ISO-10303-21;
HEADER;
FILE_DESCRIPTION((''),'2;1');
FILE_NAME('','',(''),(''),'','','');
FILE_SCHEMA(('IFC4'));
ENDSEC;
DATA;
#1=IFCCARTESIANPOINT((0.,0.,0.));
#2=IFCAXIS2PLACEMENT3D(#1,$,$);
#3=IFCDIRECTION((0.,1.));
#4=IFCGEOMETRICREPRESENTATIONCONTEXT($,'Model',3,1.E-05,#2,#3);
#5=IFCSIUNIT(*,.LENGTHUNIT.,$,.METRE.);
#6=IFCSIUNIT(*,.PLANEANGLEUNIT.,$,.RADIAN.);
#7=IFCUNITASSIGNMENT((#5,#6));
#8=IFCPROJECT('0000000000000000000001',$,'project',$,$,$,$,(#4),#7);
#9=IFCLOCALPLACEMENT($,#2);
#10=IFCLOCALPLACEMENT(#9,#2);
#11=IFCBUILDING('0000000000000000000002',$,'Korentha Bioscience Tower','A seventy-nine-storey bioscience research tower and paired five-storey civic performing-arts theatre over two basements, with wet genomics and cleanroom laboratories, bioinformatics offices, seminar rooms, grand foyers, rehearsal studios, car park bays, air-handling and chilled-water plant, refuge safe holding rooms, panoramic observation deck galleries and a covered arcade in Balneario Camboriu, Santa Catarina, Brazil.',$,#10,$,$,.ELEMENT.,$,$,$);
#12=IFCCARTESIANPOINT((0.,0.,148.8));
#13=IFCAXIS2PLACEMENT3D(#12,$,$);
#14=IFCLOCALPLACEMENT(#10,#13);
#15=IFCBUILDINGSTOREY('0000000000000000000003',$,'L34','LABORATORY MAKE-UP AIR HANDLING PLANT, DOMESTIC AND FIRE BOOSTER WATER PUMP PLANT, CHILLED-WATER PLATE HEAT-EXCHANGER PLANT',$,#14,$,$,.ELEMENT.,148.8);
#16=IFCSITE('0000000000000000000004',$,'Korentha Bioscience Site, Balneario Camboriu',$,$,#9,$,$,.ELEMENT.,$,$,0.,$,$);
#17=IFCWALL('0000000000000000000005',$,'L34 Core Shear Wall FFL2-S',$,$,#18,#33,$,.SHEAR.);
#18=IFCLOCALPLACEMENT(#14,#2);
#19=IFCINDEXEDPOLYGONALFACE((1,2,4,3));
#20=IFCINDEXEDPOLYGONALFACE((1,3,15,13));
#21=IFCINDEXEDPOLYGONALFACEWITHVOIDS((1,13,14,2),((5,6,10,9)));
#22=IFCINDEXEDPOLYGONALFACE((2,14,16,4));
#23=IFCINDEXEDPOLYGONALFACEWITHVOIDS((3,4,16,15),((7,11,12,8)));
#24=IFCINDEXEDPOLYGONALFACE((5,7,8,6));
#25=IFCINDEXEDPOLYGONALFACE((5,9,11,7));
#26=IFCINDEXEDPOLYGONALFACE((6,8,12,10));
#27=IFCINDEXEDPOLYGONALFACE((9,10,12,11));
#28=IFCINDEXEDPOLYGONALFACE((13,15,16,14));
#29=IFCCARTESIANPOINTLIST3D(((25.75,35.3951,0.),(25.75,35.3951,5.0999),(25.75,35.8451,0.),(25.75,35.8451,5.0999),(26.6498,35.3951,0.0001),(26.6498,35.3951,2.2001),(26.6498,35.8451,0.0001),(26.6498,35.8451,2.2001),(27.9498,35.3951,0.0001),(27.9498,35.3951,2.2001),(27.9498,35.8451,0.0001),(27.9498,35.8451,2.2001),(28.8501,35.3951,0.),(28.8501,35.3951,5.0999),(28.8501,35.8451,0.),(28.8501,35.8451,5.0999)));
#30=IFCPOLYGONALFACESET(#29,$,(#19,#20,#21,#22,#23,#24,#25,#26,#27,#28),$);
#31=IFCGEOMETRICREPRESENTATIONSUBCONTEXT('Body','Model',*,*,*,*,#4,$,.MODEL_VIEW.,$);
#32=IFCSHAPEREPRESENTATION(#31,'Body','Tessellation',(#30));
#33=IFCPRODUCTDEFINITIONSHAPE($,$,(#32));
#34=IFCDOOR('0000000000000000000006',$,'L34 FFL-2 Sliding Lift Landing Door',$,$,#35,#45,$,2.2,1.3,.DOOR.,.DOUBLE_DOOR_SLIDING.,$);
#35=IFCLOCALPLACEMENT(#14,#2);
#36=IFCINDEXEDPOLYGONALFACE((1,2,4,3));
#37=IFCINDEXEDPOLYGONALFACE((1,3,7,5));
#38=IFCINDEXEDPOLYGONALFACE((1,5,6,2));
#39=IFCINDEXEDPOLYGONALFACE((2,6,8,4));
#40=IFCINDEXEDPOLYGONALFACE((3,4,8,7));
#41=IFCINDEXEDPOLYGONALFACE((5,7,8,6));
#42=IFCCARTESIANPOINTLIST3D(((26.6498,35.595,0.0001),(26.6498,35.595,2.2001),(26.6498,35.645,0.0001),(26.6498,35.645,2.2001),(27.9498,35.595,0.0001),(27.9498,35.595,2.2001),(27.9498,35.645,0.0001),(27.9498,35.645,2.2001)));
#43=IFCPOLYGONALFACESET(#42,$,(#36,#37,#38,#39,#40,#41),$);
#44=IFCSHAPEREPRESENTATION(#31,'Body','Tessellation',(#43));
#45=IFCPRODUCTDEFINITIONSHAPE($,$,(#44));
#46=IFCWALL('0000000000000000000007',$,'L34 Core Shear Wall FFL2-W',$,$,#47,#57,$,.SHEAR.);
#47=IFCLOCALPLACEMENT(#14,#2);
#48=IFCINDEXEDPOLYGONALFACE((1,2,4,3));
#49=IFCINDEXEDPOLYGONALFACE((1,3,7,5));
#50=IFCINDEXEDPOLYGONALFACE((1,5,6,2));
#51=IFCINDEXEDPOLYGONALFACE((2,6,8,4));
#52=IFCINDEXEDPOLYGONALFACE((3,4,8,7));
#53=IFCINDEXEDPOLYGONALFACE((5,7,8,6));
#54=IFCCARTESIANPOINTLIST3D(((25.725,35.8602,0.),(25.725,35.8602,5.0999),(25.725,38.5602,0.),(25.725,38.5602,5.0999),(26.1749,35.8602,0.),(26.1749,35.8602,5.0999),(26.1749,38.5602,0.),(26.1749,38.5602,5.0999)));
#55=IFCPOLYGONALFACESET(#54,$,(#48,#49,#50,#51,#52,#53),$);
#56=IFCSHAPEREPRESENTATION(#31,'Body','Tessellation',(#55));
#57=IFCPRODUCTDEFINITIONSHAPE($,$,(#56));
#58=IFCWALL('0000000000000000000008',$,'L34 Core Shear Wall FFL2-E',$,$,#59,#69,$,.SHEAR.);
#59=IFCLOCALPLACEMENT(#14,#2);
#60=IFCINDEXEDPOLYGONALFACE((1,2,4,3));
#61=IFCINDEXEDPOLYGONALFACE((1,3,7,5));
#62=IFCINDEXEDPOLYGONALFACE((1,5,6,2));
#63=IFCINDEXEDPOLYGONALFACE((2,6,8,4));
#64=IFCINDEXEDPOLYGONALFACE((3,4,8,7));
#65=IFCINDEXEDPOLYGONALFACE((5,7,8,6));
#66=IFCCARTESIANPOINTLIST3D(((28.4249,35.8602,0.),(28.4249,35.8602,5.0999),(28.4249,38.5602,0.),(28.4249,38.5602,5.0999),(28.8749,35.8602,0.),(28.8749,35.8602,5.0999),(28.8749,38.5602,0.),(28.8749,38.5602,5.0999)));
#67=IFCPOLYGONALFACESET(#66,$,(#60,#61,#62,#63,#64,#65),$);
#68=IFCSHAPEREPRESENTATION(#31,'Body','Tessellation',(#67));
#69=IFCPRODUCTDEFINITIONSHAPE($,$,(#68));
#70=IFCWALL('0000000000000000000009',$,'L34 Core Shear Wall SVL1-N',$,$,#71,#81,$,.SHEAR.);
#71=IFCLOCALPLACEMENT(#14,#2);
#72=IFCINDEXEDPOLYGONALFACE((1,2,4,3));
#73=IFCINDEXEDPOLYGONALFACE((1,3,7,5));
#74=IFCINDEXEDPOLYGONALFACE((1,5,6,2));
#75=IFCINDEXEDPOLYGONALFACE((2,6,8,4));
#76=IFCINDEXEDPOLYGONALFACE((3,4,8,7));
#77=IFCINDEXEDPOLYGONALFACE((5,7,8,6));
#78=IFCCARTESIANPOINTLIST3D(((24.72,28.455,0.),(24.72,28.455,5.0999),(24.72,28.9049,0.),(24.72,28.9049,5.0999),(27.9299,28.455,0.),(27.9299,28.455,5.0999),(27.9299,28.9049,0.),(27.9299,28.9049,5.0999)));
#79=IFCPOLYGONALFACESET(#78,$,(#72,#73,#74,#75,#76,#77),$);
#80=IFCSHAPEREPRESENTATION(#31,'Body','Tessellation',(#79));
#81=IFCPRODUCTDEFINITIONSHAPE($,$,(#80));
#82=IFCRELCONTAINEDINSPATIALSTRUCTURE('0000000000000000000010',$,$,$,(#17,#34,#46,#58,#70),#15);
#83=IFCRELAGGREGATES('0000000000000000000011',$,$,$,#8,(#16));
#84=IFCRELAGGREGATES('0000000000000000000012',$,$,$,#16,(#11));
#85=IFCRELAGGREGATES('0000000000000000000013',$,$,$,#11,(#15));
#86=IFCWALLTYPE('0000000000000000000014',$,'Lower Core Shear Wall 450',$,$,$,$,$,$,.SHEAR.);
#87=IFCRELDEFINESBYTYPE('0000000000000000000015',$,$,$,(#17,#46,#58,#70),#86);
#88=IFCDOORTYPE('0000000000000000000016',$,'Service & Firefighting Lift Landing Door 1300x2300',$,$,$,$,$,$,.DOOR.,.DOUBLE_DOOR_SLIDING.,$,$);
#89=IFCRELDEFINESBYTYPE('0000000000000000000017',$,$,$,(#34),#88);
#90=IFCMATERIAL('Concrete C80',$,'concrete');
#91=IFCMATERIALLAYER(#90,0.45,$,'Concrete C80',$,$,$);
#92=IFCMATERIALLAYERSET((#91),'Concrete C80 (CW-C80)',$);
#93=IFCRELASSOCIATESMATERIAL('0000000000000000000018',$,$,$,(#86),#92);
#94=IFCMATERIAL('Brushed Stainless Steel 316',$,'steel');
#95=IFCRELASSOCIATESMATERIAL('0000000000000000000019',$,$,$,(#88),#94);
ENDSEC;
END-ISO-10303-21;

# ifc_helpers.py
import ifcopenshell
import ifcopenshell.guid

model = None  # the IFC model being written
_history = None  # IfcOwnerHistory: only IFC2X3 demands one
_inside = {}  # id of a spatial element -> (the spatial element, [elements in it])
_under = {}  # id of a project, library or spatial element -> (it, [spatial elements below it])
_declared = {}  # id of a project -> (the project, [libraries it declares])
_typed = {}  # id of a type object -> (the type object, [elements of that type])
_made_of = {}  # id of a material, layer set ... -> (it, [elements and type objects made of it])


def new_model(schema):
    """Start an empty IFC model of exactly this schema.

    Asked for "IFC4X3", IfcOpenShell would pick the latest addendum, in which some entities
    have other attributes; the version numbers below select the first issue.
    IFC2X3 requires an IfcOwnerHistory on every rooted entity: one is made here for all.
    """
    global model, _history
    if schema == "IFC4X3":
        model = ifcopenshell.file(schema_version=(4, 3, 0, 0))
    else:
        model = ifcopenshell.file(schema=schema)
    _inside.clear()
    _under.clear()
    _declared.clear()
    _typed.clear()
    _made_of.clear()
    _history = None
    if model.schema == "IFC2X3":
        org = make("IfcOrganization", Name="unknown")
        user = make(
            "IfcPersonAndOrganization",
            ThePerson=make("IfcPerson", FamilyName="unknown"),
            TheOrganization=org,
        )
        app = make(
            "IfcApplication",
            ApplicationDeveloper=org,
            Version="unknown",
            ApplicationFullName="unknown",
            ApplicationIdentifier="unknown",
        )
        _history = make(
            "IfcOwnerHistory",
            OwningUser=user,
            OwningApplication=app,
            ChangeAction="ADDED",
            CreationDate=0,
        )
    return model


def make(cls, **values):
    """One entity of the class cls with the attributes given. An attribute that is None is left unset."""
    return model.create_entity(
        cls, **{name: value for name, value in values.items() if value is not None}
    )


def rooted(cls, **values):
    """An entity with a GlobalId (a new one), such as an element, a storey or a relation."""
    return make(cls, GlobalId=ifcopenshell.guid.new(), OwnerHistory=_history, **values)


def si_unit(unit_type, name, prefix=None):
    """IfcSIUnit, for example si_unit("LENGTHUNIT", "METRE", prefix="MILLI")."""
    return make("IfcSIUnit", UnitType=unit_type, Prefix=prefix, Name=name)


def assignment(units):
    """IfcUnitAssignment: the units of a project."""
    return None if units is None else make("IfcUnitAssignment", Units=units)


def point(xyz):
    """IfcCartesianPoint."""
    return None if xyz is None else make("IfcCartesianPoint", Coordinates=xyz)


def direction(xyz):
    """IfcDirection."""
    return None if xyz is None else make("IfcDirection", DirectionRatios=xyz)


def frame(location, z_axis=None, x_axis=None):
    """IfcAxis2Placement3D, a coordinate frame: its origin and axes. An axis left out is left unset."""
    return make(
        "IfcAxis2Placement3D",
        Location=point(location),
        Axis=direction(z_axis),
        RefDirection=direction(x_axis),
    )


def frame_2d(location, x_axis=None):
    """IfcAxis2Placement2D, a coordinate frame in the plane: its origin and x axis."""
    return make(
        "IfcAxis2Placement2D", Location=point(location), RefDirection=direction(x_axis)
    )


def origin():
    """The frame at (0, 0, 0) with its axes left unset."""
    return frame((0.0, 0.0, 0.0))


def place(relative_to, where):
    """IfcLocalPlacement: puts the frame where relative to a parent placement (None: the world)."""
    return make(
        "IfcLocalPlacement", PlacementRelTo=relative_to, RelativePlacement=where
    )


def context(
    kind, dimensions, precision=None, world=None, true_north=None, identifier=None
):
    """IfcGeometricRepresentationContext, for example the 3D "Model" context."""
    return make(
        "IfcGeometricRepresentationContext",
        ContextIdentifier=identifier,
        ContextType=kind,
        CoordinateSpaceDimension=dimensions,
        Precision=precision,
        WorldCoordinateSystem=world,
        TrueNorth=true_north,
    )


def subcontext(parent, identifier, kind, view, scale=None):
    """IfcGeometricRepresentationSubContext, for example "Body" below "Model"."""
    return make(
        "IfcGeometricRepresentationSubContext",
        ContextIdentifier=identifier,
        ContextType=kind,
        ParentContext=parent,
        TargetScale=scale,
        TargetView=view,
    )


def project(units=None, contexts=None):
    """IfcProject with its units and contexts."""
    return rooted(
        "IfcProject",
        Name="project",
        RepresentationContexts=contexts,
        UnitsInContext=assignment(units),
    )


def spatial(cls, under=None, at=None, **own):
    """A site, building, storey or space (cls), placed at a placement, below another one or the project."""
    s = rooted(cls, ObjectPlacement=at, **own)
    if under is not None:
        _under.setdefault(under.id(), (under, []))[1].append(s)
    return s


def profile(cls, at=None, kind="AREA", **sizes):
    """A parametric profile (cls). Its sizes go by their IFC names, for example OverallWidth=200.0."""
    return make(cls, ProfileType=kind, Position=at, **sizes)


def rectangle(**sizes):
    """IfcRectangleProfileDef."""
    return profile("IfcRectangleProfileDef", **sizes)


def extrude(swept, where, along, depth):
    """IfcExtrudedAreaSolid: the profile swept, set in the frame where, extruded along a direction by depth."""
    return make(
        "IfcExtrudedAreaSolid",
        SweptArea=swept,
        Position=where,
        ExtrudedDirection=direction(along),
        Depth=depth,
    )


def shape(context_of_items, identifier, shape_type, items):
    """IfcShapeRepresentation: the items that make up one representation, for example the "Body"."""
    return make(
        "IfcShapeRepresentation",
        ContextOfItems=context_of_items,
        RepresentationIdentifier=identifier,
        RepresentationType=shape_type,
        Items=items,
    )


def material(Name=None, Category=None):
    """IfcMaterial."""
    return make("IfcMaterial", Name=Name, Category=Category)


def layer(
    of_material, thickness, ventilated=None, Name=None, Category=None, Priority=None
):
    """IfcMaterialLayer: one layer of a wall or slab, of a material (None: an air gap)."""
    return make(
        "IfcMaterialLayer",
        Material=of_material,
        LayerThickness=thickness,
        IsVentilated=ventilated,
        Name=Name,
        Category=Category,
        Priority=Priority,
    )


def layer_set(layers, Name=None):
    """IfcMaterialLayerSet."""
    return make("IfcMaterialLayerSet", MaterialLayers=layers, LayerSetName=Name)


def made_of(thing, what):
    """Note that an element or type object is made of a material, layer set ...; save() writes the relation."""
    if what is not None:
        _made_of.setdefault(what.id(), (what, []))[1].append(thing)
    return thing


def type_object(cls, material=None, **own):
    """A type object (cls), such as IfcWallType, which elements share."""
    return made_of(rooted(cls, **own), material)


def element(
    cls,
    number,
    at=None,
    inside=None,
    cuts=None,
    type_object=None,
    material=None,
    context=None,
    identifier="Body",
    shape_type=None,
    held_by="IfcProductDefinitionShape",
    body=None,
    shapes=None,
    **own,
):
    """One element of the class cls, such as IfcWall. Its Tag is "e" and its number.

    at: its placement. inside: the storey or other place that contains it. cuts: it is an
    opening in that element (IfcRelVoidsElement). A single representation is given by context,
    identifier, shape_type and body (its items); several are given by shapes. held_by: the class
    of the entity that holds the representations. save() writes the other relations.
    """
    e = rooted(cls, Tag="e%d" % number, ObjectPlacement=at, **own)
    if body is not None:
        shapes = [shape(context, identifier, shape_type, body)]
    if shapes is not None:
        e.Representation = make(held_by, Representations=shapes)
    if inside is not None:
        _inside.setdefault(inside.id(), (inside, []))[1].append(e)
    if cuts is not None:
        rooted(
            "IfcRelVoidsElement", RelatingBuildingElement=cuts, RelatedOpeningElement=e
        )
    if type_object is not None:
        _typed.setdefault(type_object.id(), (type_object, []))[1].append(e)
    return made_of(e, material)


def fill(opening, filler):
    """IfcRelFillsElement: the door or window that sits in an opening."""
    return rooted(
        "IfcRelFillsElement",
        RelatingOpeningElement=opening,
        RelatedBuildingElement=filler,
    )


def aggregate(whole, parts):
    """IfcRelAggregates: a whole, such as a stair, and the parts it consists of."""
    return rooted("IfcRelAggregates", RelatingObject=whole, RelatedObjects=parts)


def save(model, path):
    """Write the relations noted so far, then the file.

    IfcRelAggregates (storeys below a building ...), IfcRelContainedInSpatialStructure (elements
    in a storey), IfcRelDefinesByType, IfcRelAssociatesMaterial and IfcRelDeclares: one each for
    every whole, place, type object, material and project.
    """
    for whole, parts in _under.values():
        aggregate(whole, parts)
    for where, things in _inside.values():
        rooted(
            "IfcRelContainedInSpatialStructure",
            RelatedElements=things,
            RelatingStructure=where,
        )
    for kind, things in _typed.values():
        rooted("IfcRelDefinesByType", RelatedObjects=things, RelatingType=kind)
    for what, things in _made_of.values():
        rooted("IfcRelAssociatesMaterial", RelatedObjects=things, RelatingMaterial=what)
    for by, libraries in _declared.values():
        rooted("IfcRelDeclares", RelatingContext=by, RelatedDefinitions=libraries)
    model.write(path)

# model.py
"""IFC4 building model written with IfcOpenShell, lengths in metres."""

from ifc_helpers import new_model, si_unit, direction, frame, frame_2d, origin, place, context, subcontext, project, spatial, rectangle, extrude, material, layer, layer_set, type_object, element, fill, save


model = new_model("IFC4")

# Units and contexts
model_context = context("Model", 3, precision=1e-05, world=origin(), true_north=direction((0.0, 1.0)))
body_context = subcontext(model_context, "Body", "Model", "MODEL_VIEW")
ifc_project = project(units=[si_unit("LENGTHUNIT", "METRE"), si_unit("PLANEANGLEUNIT", "RADIAN")], contexts=[model_context])

# Site, building, storey
site_placement = place(None, origin())
site = spatial("IfcSite", under=ifc_project, at=site_placement, Name="Korentha Bioscience Site, Balneario Camboriu", CompositionType="ELEMENT", RefElevation=0.0)
building_placement = place(site_placement, origin())
building = spatial("IfcBuilding", under=site, at=building_placement, Name="Korentha Bioscience Tower", Description="A seventy-nine-storey bioscience research tower and paired five-storey civic performing-arts theatre over two basements, with wet genomics and cleanroom laboratories, bioinformatics offices, seminar rooms, grand foyers, rehearsal studios, car park bays, air-handling and chilled-water plant, refuge safe holding rooms, panoramic observation deck galleries and a covered arcade in Balneario Camboriu, Santa Catarina, Brazil.", CompositionType="ELEMENT")
storey_placement = place(building_placement, frame((0.0, 0.0, 148.8)))
storey = spatial("IfcBuildingStorey", under=building, at=storey_placement, Name="L34", Description="LABORATORY MAKE-UP AIR HANDLING PLANT, DOMESTIC AND FIRE BOOSTER WATER PUMP PLANT, CHILLED-WATER PLATE HEAT-EXCHANGER PLANT", CompositionType="ELEMENT", Elevation=148.8)

# Shared definitions
ifc_material_1 = material(Name="Concrete C80", Category="concrete")

# Shared definitions
ifc_layer_1 = layer(ifc_material_1, 0.45, Name="Concrete C80")
ifc_layer_set_1 = layer_set([ifc_layer_1], Name="Concrete C80 (CW-C80)")
wall_type_1 = type_object("IfcWallType", Name="Lower Core Shear Wall 450", PredefinedType="SHEAR", material=ifc_layer_set_1)

# Wall, opening, door
wall_1_placement = place(storey_placement, frame((25.75, 35.6201, 0.0), z_axis=(0.0, 0.0, 1.0), x_axis=(1.0, 0.0, 0.0)))
wall_1 = element("IfcWall", 1, at=wall_1_placement, inside=storey, type_object=wall_type_1, Name="L34 Core Shear Wall FFL2-S", PredefinedType="SHEAR", context=body_context, shape_type="SweptSolid", body=[
    extrude(rectangle(XDim=3.1001, YDim=0.45, at=frame_2d((1.55, 0.0))), origin(), (0.0, 0.0, 1.0), 5.0999),
])
opening_1_placement = place(wall_1_placement, frame((0.8999, 0.0, 0.0)))
opening_1 = element("IfcOpeningElement", 2, at=opening_1_placement, cuts=wall_1, PredefinedType="OPENING", context=body_context, shape_type="SweptSolid", body=[
    extrude(rectangle(XDim=1.3, YDim=2.2, at=frame_2d((0.6499, 1.1001))), frame((0.0, 0.2397, 0.0), z_axis=(0.0, -1.0, 0.0), x_axis=(1.0, 0.0, 0.0)), (0.0, 0.0, 1.0), 0.4797),
])
ifc_material_2 = material(Name="Brushed Stainless Steel 316", Category="steel")
door_type_1 = type_object("IfcDoorType", Name="Service & Firefighting Lift Landing Door 1300x2300", OperationType="DOUBLE_DOOR_SLIDING", PredefinedType="DOOR", material=ifc_material_2)
door_1_placement = place(opening_1_placement, origin())
door_1 = element("IfcDoor", 3, at=door_1_placement, inside=storey, type_object=door_type_1, Name="L34 FFL-2 Sliding Lift Landing Door", OperationType="DOUBLE_DOOR_SLIDING", OverallHeight=2.2, OverallWidth=1.3, PredefinedType="DOOR", context=body_context, shape_type="SweptSolid", body=[
    extrude(rectangle(XDim=1.3, YDim=2.2, at=frame_2d((0.6499, 1.1001))), frame((0.0, 0.0249, 0.0), z_axis=(0.0, -1.0, 0.0), x_axis=(1.0, 0.0, 0.0)), (0.0, 0.0, 1.0), 0.05),
])
fill(opening_1, door_1)

# Walls
for number, where, z_axis, x_axis, name in (
    (4, (25.95, 35.8601, 0.0), (0.0, 0.0, 1.0), (0.0, 1.0, 0.0), "L34 Core Shear Wall FFL2-W"),
    (5, (28.6499, 35.8601, 0.0), (0.0, 0.0, 1.0), (0.0, 1.0, 0.0), "L34 Core Shear Wall FFL2-E"),
):
    element("IfcWall", number, at=place(storey_placement, frame(where, z_axis=z_axis, x_axis=x_axis)), inside=storey, type_object=wall_type_1, Name=name, PredefinedType="SHEAR", context=body_context, shape_type="SweptSolid", body=[
        extrude(rectangle(XDim=2.7, YDim=0.45, at=frame_2d((1.3501, 0.0))), origin(), (0.0, 0.0, 1.0), 5.0999),
    ])
wall_2_placement = place(storey_placement, frame((24.72, 28.6799, 0.0), z_axis=(0.0, 0.0, 1.0), x_axis=(1.0, 0.0, 0.0)))
element("IfcWall", 6, at=wall_2_placement, inside=storey, type_object=wall_type_1, Name="L34 Core Shear Wall SVL1-N", PredefinedType="SHEAR", context=body_context, shape_type="SweptSolid", body=[
    extrude(rectangle(XDim=3.21, YDim=0.45, at=frame_2d((1.605, 0.0))), origin(), (0.0, 0.0, 1.0), 5.0999),
])

save(model, "model.ifc")
